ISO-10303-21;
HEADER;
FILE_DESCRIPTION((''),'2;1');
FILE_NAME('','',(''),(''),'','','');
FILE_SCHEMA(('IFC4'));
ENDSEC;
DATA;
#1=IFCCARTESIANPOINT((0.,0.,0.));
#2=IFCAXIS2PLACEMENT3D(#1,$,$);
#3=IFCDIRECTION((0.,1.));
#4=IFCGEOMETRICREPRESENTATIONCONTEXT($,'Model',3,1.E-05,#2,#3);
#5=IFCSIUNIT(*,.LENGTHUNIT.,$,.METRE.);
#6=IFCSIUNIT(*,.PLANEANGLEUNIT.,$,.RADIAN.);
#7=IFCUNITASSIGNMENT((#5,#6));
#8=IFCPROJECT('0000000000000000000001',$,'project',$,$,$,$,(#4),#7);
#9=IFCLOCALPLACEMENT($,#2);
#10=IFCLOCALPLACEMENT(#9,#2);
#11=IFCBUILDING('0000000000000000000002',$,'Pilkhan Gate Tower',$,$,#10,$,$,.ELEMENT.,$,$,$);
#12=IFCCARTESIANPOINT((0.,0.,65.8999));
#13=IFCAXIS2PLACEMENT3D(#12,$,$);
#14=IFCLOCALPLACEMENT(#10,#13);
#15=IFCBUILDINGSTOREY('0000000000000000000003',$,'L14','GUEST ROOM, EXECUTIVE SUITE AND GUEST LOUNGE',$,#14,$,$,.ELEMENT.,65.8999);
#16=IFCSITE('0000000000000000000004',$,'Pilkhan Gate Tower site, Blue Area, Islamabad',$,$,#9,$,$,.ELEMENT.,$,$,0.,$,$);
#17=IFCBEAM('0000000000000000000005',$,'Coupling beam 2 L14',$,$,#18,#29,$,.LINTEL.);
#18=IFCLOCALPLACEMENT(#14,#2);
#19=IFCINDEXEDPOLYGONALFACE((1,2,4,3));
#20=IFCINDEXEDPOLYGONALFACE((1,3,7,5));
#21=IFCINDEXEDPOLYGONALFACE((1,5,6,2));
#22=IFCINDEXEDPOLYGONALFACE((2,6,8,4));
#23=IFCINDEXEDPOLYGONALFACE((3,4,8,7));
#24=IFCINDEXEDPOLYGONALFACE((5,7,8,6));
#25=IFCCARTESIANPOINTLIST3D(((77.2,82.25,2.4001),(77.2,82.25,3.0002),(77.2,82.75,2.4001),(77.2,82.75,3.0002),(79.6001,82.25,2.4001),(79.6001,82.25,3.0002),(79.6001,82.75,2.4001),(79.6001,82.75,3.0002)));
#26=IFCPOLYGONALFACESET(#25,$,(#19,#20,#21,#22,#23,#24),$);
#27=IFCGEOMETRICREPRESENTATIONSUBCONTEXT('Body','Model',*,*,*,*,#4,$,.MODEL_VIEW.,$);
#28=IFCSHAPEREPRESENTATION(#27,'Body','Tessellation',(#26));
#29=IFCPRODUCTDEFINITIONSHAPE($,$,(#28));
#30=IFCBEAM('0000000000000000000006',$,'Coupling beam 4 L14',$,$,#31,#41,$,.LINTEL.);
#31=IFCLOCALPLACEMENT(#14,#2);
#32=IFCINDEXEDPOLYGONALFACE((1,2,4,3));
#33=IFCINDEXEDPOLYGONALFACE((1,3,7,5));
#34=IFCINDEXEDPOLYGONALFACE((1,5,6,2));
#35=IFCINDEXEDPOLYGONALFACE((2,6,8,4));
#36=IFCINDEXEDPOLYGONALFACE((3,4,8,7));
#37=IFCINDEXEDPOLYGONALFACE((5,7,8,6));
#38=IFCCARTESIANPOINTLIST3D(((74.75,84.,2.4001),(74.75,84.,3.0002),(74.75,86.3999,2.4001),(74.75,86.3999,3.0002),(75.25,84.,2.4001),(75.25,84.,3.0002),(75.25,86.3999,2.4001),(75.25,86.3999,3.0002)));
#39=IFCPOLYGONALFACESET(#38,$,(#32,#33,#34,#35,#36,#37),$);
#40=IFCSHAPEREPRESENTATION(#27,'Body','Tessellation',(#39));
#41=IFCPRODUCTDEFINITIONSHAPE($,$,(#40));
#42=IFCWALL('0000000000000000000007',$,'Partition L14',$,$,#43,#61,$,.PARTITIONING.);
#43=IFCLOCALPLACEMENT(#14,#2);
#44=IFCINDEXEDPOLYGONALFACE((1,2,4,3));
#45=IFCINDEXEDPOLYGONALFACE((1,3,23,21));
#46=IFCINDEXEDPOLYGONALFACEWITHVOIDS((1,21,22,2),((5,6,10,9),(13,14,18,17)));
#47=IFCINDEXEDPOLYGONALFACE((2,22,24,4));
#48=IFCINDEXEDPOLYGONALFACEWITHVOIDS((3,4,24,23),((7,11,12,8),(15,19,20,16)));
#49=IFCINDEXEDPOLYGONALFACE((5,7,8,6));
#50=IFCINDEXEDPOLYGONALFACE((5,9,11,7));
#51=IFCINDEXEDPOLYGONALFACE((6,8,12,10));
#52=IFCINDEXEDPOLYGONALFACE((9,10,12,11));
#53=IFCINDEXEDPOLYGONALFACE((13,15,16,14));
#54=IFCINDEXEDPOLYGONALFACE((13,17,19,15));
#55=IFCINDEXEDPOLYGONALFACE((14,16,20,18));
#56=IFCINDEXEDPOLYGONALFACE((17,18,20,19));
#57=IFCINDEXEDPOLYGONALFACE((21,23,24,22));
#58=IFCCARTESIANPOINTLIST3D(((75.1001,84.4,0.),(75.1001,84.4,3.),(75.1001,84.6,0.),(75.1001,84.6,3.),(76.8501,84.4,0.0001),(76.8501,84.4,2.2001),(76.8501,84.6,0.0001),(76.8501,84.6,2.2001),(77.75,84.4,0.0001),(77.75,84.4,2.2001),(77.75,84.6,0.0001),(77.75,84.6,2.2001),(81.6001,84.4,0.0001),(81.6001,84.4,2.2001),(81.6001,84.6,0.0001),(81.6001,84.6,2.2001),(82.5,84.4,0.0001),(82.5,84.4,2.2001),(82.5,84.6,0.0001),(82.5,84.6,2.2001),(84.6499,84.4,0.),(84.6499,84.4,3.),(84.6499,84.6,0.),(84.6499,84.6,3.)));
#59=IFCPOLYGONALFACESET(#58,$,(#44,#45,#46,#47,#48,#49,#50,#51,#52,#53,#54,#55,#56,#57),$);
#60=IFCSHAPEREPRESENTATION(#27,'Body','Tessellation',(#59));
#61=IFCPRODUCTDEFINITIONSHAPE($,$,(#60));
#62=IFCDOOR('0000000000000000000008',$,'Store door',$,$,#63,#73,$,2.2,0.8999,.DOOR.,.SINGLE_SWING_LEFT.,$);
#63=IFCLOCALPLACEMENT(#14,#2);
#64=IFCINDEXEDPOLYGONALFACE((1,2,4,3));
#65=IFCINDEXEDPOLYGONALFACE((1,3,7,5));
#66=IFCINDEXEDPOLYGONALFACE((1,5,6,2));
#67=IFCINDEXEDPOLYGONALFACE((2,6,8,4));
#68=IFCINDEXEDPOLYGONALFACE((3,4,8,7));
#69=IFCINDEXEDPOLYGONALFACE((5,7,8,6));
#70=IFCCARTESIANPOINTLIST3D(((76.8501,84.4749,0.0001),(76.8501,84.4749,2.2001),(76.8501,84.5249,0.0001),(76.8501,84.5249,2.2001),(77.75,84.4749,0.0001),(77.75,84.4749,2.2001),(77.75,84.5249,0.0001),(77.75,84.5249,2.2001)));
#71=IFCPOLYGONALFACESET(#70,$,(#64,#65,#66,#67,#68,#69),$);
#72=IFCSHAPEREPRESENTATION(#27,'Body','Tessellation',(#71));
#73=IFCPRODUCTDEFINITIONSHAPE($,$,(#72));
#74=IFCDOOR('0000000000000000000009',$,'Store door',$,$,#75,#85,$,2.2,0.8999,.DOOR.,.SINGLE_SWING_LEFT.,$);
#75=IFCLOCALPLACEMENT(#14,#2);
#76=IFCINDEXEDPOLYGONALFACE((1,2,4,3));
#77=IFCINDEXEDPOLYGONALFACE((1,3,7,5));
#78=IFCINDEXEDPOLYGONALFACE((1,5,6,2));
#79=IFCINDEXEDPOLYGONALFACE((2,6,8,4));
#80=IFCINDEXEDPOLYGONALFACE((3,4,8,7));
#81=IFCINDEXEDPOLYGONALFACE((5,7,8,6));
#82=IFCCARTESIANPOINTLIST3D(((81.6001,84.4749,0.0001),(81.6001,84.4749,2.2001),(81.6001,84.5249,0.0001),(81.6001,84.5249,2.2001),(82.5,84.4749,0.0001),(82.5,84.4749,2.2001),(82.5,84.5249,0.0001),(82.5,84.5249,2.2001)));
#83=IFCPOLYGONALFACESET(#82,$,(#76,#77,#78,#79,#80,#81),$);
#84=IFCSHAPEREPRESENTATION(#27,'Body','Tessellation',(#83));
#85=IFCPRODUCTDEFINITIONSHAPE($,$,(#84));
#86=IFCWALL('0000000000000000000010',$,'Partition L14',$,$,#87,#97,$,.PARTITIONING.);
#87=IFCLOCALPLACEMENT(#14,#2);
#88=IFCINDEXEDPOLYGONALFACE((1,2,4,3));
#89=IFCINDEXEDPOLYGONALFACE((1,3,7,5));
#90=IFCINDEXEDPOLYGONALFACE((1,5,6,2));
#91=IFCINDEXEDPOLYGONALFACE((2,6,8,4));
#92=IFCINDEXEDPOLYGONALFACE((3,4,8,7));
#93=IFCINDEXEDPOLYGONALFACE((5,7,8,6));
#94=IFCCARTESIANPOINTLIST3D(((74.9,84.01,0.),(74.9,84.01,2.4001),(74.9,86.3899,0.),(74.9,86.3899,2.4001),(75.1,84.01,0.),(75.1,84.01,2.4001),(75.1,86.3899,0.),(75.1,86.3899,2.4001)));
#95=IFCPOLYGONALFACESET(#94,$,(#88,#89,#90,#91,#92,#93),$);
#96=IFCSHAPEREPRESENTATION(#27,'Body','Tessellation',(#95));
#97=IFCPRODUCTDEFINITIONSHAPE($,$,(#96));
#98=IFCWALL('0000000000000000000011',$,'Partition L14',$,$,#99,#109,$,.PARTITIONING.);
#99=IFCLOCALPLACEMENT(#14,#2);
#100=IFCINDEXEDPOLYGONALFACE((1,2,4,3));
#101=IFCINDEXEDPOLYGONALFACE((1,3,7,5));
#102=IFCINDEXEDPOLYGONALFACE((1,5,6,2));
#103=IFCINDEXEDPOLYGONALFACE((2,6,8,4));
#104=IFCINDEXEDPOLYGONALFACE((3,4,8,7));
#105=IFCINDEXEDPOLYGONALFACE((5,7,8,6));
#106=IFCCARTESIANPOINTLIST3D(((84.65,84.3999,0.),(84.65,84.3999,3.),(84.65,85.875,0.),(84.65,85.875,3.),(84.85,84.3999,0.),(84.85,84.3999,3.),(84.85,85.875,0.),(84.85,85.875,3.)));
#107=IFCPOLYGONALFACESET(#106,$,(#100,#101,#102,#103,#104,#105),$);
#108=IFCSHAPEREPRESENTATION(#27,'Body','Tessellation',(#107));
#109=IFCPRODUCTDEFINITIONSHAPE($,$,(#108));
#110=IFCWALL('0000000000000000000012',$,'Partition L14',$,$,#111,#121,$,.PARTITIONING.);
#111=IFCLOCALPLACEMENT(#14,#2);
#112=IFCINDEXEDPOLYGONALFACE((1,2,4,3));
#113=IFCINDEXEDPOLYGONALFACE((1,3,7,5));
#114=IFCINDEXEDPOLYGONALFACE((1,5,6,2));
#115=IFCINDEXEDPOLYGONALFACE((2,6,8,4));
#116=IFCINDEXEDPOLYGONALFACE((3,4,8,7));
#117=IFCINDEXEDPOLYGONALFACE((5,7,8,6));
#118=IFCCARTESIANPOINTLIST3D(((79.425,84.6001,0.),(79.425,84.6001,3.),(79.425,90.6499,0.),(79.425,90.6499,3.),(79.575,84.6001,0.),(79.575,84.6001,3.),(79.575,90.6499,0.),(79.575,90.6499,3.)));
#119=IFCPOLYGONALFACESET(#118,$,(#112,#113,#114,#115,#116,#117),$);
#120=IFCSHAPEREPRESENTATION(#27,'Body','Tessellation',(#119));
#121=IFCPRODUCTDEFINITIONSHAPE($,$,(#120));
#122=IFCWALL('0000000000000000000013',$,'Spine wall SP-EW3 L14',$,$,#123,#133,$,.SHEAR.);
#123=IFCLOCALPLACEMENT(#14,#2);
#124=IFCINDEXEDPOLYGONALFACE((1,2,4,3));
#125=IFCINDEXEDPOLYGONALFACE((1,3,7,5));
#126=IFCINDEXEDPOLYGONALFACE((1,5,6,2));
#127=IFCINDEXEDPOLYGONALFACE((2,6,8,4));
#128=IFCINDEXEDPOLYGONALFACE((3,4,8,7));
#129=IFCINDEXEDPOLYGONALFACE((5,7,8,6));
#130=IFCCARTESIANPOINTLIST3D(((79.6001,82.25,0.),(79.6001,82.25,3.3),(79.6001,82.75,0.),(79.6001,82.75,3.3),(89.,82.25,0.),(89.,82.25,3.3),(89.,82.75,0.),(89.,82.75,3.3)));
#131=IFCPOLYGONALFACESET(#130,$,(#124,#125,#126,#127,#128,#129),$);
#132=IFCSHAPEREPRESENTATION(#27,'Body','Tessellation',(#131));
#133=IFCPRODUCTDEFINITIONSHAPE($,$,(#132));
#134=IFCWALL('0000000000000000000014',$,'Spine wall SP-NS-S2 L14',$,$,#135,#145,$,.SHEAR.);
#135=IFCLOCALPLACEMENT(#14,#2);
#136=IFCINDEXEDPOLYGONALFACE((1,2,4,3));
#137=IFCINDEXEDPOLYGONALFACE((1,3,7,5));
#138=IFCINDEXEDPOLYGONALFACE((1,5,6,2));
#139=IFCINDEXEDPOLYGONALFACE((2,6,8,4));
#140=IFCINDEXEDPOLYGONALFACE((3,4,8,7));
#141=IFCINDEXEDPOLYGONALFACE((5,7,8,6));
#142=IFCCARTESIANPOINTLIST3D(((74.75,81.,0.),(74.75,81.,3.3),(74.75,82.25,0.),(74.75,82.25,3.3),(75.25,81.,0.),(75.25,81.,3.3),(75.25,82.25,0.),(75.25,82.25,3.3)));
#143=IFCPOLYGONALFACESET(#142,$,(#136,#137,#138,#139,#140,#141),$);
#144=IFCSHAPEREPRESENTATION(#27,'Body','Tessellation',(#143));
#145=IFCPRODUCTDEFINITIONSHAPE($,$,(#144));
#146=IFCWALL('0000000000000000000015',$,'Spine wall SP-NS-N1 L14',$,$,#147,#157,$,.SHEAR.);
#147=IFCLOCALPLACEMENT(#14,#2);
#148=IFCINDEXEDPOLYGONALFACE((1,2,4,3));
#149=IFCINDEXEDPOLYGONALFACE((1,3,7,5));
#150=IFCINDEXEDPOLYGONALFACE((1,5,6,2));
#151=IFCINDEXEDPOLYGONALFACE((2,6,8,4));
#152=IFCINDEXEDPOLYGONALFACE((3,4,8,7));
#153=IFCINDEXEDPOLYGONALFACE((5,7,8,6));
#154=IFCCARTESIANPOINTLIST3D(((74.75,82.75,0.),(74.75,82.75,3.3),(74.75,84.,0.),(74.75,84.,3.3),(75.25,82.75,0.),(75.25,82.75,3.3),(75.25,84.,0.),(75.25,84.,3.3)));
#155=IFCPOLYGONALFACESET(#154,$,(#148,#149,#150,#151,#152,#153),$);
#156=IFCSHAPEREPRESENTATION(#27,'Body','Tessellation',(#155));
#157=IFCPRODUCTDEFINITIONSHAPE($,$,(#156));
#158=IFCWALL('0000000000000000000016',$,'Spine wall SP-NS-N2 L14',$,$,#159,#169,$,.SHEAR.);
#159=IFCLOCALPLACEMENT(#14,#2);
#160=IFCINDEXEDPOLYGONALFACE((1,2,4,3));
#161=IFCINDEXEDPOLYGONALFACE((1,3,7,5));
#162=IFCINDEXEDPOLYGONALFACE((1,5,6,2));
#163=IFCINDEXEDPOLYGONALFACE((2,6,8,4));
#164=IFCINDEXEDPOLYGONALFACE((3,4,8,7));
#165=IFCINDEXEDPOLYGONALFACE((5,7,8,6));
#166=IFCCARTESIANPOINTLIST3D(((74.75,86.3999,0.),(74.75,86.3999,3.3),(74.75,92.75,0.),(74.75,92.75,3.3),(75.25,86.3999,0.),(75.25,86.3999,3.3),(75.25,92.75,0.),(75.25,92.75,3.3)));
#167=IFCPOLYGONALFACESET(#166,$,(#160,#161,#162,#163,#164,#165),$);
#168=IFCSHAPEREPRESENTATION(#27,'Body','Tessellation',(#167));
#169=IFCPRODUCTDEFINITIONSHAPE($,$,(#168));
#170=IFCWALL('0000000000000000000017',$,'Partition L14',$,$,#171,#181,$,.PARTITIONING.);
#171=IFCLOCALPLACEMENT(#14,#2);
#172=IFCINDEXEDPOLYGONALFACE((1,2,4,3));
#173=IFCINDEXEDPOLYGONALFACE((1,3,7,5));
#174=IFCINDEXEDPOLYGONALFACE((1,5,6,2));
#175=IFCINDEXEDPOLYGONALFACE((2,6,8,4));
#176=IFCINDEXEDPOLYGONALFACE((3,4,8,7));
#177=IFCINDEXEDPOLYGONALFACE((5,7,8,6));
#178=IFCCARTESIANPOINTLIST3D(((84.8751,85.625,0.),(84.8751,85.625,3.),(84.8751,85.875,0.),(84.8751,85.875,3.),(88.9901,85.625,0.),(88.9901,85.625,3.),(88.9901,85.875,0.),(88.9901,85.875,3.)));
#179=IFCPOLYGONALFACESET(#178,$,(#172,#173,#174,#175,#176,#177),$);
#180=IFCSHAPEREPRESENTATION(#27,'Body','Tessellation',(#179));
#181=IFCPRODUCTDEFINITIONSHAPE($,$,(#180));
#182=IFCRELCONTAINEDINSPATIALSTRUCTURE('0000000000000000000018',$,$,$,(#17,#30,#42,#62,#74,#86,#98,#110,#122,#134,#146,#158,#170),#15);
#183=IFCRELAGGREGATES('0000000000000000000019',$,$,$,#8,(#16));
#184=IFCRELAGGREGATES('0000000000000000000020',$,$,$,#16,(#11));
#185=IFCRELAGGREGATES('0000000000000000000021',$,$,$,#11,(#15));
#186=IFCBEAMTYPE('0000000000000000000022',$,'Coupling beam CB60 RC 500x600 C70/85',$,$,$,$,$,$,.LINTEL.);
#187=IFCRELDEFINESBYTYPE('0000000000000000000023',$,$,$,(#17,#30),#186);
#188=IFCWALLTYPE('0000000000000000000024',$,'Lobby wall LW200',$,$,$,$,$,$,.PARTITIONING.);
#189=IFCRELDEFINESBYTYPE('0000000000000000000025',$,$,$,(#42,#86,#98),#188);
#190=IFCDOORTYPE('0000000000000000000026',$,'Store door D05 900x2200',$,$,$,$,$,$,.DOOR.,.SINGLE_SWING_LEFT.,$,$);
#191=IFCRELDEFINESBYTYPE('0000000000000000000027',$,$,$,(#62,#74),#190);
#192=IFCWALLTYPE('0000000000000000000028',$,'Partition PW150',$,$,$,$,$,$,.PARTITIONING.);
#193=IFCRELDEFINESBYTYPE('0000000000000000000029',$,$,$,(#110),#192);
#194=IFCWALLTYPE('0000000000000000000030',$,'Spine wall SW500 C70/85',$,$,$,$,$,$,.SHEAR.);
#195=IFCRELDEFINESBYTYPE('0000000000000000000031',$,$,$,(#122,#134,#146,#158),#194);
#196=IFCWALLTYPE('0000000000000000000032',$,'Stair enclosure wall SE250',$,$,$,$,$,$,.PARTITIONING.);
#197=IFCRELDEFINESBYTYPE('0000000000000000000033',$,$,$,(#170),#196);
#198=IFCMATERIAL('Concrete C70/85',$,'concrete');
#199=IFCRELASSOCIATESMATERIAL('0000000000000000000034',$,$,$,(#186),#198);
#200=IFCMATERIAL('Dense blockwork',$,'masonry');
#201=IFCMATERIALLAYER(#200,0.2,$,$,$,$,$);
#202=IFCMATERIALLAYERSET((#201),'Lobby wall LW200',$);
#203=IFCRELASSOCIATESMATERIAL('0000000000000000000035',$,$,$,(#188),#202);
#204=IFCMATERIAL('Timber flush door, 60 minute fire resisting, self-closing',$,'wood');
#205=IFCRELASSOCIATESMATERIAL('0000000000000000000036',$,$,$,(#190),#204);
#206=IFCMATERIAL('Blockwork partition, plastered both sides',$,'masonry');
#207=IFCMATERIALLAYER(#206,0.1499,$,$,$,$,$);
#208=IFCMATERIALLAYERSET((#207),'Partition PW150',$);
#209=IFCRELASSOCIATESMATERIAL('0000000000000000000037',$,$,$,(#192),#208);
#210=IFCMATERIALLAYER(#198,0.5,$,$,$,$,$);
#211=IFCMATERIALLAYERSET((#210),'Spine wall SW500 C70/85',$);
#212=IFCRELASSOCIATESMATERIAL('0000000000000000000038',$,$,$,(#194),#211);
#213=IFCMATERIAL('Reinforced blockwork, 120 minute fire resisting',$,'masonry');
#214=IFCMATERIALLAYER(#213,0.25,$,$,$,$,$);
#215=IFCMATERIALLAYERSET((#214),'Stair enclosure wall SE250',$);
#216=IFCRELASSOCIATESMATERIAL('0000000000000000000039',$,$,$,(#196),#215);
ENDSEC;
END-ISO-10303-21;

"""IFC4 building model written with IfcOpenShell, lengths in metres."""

from ifc_helpers import new_model, si_unit, direction, frame, frame_2d, origin, origin_2d, place, context, subcontext, project, spatial, rectangle, extrude, material, layer, layer_set, material_profile, profile_set, type_object, element, fill, save


model = new_model("IFC4")

# Units and contexts
model_context = context("Model", 3, precision=1e-05, world=origin(), true_north=direction((0.0, 1.0)))
body_context = subcontext(model_context, "Body", "Model", "MODEL_VIEW")
ifc_project = project(units=[si_unit("LENGTHUNIT", "METRE"), si_unit("PLANEANGLEUNIT", "RADIAN")], contexts=[model_context])

# Site, building, storey
site_placement = place(None, origin())
site = spatial("IfcSite", under=ifc_project, at=site_placement, Name="Pilkhan Gate Tower site, Blue Area, Islamabad", CompositionType="ELEMENT", RefElevation=0.0)
building_placement = place(site_placement, origin())
building = spatial("IfcBuilding", under=site, at=building_placement, Name="Pilkhan Gate Tower", CompositionType="ELEMENT")
storey_placement = place(building_placement, frame((0.0, 0.0, 65.8999)))
storey = spatial("IfcBuildingStorey", under=building, at=storey_placement, Name="L14", Description="GUEST ROOM, EXECUTIVE SUITE AND GUEST LOUNGE", CompositionType="ELEMENT", Elevation=65.8999)

# Beams
ifc_material_1 = material(Name="Concrete C70/85", Category="concrete")
ifc_material_profile = material_profile(ifc_material_1, rectangle(XDim=0.5, YDim=0.6001, at=origin_2d()), Name="RC 500x600")
ifc_profile_set = profile_set([ifc_material_profile], Name="Concrete C70/85")
beam_type = type_object("IfcBeamType", Name="Coupling beam CB60 RC 500x600 C70/85", PredefinedType="LINTEL", material=ifc_profile_set)
beam_1_placement = place(storey_placement, frame((77.2, 82.5, 2.7002), z_axis=(1.0, 0.0, 0.0), x_axis=(0.0, 1.0, 0.0)))
element("IfcBeam", 1, at=beam_1_placement, inside=storey, type_object=beam_type, Name="Coupling beam 2 L14", PredefinedType="LINTEL", context=body_context, shape_type="SweptSolid", body=[
    extrude(rectangle(XDim=0.5, YDim=0.6001, at=origin_2d()), origin(), (0.0, 0.0, 1.0), 2.4001),
])
beam_2_placement = place(storey_placement, frame((75.0, 84.0, 2.7002), z_axis=(0.0, 1.0, 0.0), x_axis=(-1.0, 0.0, 0.0)))
element("IfcBeam", 2, at=beam_2_placement, inside=storey, type_object=beam_type, Name="Coupling beam 4 L14", PredefinedType="LINTEL", context=body_context, shape_type="SweptSolid", body=[
    extrude(rectangle(XDim=0.5, YDim=0.6001, at=origin_2d()), origin(), (0.0, 0.0, 1.0), 2.3999),
])

# Wall, openings, doors
ifc_material_2 = material(Name="Dense blockwork", Category="masonry")
ifc_layer_1 = layer(ifc_material_2, 0.2)
ifc_layer_set_1 = layer_set([ifc_layer_1], Name="Lobby wall LW200")
wall_type_1 = type_object("IfcWallType", Name="Lobby wall LW200", PredefinedType="PARTITIONING", material=ifc_layer_set_1)
wall_1_placement = place(storey_placement, frame((75.1001, 84.5, 0.0), z_axis=(0.0, 0.0, 1.0), x_axis=(1.0, 0.0, 0.0)))
wall_1 = element("IfcWall", 3, at=wall_1_placement, inside=storey, type_object=wall_type_1, Name="Partition L14", PredefinedType="PARTITIONING", context=body_context, shape_type="SweptSolid", body=[
    extrude(rectangle(XDim=9.5498, YDim=0.2, at=frame_2d((4.7749, 0.0))), origin(), (0.0, 0.0, 1.0), 3.0),
])
opening_1_placement = place(wall_1_placement, frame((1.75, 0.0, 0.0)))
opening_1 = element("IfcOpeningElement", 4, at=opening_1_placement, cuts=wall_1, PredefinedType="OPENING", context=body_context, shape_type="SweptSolid", body=[
    extrude(rectangle(XDim=0.8999, YDim=2.2, at=frame_2d((0.45, 1.1001))), frame((0.0, 0.1099, 0.0), z_axis=(0.0, -1.0, 0.0), x_axis=(1.0, 0.0, 0.0)), (0.0, 0.0, 1.0), 0.22),
])
opening_2_placement = place(wall_1_placement, frame((6.5, 0.0, 0.0)))
opening_2 = element("IfcOpeningElement", 5, at=opening_2_placement, cuts=wall_1, PredefinedType="OPENING", context=body_context, shape_type="SweptSolid", body=[
    extrude(rectangle(XDim=0.8999, YDim=2.2, at=frame_2d((0.45, 1.1001))), frame((0.0, 0.1099, 0.0), z_axis=(0.0, -1.0, 0.0), x_axis=(1.0, 0.0, 0.0)), (0.0, 0.0, 1.0), 0.22),
])
ifc_material_3 = material(Name="Timber flush door, 60 minute fire resisting, self-closing", Category="wood")
door_type = type_object("IfcDoorType", Name="Store door D05 900x2200", OperationType="SINGLE_SWING_LEFT", PredefinedType="DOOR", material=ifc_material_3)
door_1_placement = place(opening_1_placement, origin())
door_1 = element("IfcDoor", 6, at=door_1_placement, inside=storey, type_object=door_type, Name="Store door", OperationType="SINGLE_SWING_LEFT", OverallHeight=2.2, OverallWidth=0.8999, PredefinedType="DOOR", context=body_context, shape_type="SweptSolid", body=[
    extrude(rectangle(XDim=0.8999, YDim=2.2, at=frame_2d((0.45, 1.1001))), frame((0.0, 0.0249, 0.0), z_axis=(0.0, -1.0, 0.0), x_axis=(1.0, 0.0, 0.0)), (0.0, 0.0, 1.0), 0.05),
])
fill(opening_1, door_1)
door_2_placement = place(opening_2_placement, origin())
door_2 = element("IfcDoor", 7, at=door_2_placement, inside=storey, type_object=door_type, Name="Store door", OperationType="SINGLE_SWING_LEFT", OverallHeight=2.2, OverallWidth=0.8999, PredefinedType="DOOR", context=body_context, shape_type="SweptSolid", body=[
    extrude(rectangle(XDim=0.8999, YDim=2.2, at=frame_2d((0.45, 1.1001))), frame((0.0, 0.0249, 0.0), z_axis=(0.0, -1.0, 0.0), x_axis=(1.0, 0.0, 0.0)), (0.0, 0.0, 1.0), 0.05),
])
fill(opening_2, door_2)

# Walls
wall_2_placement = place(storey_placement, frame((75.0, 84.01, 0.0), z_axis=(0.0, 0.0, 1.0), x_axis=(0.0, 1.0, 0.0)))
element("IfcWall", 8, at=wall_2_placement, inside=storey, type_object=wall_type_1, Name="Partition L14", PredefinedType="PARTITIONING", context=body_context, shape_type="SweptSolid", body=[
    extrude(rectangle(XDim=2.3799, YDim=0.2, at=frame_2d((1.1899, 0.0))), origin(), (0.0, 0.0, 1.0), 2.4001),
])
wall_3_placement = place(storey_placement, frame((84.75, 84.3999, 0.0), z_axis=(0.0, 0.0, 1.0), x_axis=(0.0, 1.0, 0.0)))
element("IfcWall", 9, at=wall_3_placement, inside=storey, type_object=wall_type_1, Name="Partition L14", PredefinedType="PARTITIONING", context=body_context, shape_type="SweptSolid", body=[
    extrude(rectangle(XDim=1.4751, YDim=0.2, at=frame_2d((0.7375, 0.0))), origin(), (0.0, 0.0, 1.0), 3.0),
])
ifc_material_4 = material(Name="Blockwork partition, plastered both sides", Category="masonry")
ifc_layer_2 = layer(ifc_material_4, 0.1499)
ifc_layer_set_2 = layer_set([ifc_layer_2], Name="Partition PW150")
wall_type_2 = type_object("IfcWallType", Name="Partition PW150", PredefinedType="PARTITIONING", material=ifc_layer_set_2)
wall_4_placement = place(storey_placement, frame((79.5, 84.6001, 0.0), z_axis=(0.0, 0.0, 1.0), x_axis=(0.0, 1.0, 0.0)))
element("IfcWall", 10, at=wall_4_placement, inside=storey, type_object=wall_type_2, Name="Partition L14", PredefinedType="PARTITIONING", context=body_context, shape_type="SweptSolid", body=[
    extrude(rectangle(XDim=6.0498, YDim=0.1499, at=frame_2d((3.0249, 0.0))), origin(), (0.0, 0.0, 1.0), 3.0),
])
ifc_layer_3 = layer(ifc_material_1, 0.5)
ifc_layer_set_3 = layer_set([ifc_layer_3], Name="Spine wall SW500 C70/85")
wall_type_3 = type_object("IfcWallType", Name="Spine wall SW500 C70/85", PredefinedType="SHEAR", material=ifc_layer_set_3)
wall_5_placement = place(storey_placement, frame((79.6001, 82.5, 0.0), z_axis=(0.0, 0.0, 1.0), x_axis=(1.0, 0.0, 0.0)))
element("IfcWall", 11, at=wall_5_placement, inside=storey, type_object=wall_type_3, Name="Spine wall SP-EW3 L14", PredefinedType="SHEAR", context=body_context, shape_type="SweptSolid", body=[
    extrude(rectangle(XDim=9.3999, YDim=0.5, at=frame_2d((4.7, 0.0))), origin(), (0.0, 0.0, 1.0), 3.3),
])
for number, where, z_axis, x_axis, name in (
    (12, (75.0, 81.0, 0.0), (0.0, 0.0, 1.0), (0.0, 1.0, 0.0), "Spine wall SP-NS-S2 L14"),
    (13, (75.0, 82.75, 0.0), (0.0, 0.0, 1.0), (0.0, 1.0, 0.0), "Spine wall SP-NS-N1 L14"),
):
    element("IfcWall", number, at=place(storey_placement, frame(where, z_axis=z_axis, x_axis=x_axis)), inside=storey, type_object=wall_type_3, Name=name, PredefinedType="SHEAR", context=body_context, shape_type="SweptSolid", body=[
        extrude(rectangle(XDim=1.25, YDim=0.5, at=frame_2d((0.625, 0.0))), origin(), (0.0, 0.0, 1.0), 3.3),
    ])
wall_6_placement = place(storey_placement, frame((75.0, 86.3999, 0.0), z_axis=(0.0, 0.0, 1.0), x_axis=(0.0, 1.0, 0.0)))
element("IfcWall", 14, at=wall_6_placement, inside=storey, type_object=wall_type_3, Name="Spine wall SP-NS-N2 L14", PredefinedType="SHEAR", context=body_context, shape_type="SweptSolid", body=[
    extrude(rectangle(XDim=6.3501, YDim=0.5, at=frame_2d((3.175, 0.0))), origin(), (0.0, 0.0, 1.0), 3.3),
])
ifc_material_5 = material(Name="Reinforced blockwork, 120 minute fire resisting", Category="masonry")
ifc_layer_4 = layer(ifc_material_5, 0.25)
ifc_layer_set_4 = layer_set([ifc_layer_4], Name="Stair enclosure wall SE250")
wall_type_4 = type_object("IfcWallType", Name="Stair enclosure wall SE250", PredefinedType="PARTITIONING", material=ifc_layer_set_4)
wall_7_placement = place(storey_placement, frame((84.875, 85.75, 0.0), z_axis=(0.0, 0.0, 1.0), x_axis=(1.0, 0.0, 0.0)))
element("IfcWall", 15, at=wall_7_placement, inside=storey, type_object=wall_type_4, Name="Partition L14", PredefinedType="PARTITIONING", context=body_context, shape_type="SweptSolid", body=[
    extrude(rectangle(XDim=4.115, YDim=0.25, at=frame_2d((2.0576, 0.0))), origin(), (0.0, 0.0, 1.0), 3.0),
])

save(model, "model.ifc")
